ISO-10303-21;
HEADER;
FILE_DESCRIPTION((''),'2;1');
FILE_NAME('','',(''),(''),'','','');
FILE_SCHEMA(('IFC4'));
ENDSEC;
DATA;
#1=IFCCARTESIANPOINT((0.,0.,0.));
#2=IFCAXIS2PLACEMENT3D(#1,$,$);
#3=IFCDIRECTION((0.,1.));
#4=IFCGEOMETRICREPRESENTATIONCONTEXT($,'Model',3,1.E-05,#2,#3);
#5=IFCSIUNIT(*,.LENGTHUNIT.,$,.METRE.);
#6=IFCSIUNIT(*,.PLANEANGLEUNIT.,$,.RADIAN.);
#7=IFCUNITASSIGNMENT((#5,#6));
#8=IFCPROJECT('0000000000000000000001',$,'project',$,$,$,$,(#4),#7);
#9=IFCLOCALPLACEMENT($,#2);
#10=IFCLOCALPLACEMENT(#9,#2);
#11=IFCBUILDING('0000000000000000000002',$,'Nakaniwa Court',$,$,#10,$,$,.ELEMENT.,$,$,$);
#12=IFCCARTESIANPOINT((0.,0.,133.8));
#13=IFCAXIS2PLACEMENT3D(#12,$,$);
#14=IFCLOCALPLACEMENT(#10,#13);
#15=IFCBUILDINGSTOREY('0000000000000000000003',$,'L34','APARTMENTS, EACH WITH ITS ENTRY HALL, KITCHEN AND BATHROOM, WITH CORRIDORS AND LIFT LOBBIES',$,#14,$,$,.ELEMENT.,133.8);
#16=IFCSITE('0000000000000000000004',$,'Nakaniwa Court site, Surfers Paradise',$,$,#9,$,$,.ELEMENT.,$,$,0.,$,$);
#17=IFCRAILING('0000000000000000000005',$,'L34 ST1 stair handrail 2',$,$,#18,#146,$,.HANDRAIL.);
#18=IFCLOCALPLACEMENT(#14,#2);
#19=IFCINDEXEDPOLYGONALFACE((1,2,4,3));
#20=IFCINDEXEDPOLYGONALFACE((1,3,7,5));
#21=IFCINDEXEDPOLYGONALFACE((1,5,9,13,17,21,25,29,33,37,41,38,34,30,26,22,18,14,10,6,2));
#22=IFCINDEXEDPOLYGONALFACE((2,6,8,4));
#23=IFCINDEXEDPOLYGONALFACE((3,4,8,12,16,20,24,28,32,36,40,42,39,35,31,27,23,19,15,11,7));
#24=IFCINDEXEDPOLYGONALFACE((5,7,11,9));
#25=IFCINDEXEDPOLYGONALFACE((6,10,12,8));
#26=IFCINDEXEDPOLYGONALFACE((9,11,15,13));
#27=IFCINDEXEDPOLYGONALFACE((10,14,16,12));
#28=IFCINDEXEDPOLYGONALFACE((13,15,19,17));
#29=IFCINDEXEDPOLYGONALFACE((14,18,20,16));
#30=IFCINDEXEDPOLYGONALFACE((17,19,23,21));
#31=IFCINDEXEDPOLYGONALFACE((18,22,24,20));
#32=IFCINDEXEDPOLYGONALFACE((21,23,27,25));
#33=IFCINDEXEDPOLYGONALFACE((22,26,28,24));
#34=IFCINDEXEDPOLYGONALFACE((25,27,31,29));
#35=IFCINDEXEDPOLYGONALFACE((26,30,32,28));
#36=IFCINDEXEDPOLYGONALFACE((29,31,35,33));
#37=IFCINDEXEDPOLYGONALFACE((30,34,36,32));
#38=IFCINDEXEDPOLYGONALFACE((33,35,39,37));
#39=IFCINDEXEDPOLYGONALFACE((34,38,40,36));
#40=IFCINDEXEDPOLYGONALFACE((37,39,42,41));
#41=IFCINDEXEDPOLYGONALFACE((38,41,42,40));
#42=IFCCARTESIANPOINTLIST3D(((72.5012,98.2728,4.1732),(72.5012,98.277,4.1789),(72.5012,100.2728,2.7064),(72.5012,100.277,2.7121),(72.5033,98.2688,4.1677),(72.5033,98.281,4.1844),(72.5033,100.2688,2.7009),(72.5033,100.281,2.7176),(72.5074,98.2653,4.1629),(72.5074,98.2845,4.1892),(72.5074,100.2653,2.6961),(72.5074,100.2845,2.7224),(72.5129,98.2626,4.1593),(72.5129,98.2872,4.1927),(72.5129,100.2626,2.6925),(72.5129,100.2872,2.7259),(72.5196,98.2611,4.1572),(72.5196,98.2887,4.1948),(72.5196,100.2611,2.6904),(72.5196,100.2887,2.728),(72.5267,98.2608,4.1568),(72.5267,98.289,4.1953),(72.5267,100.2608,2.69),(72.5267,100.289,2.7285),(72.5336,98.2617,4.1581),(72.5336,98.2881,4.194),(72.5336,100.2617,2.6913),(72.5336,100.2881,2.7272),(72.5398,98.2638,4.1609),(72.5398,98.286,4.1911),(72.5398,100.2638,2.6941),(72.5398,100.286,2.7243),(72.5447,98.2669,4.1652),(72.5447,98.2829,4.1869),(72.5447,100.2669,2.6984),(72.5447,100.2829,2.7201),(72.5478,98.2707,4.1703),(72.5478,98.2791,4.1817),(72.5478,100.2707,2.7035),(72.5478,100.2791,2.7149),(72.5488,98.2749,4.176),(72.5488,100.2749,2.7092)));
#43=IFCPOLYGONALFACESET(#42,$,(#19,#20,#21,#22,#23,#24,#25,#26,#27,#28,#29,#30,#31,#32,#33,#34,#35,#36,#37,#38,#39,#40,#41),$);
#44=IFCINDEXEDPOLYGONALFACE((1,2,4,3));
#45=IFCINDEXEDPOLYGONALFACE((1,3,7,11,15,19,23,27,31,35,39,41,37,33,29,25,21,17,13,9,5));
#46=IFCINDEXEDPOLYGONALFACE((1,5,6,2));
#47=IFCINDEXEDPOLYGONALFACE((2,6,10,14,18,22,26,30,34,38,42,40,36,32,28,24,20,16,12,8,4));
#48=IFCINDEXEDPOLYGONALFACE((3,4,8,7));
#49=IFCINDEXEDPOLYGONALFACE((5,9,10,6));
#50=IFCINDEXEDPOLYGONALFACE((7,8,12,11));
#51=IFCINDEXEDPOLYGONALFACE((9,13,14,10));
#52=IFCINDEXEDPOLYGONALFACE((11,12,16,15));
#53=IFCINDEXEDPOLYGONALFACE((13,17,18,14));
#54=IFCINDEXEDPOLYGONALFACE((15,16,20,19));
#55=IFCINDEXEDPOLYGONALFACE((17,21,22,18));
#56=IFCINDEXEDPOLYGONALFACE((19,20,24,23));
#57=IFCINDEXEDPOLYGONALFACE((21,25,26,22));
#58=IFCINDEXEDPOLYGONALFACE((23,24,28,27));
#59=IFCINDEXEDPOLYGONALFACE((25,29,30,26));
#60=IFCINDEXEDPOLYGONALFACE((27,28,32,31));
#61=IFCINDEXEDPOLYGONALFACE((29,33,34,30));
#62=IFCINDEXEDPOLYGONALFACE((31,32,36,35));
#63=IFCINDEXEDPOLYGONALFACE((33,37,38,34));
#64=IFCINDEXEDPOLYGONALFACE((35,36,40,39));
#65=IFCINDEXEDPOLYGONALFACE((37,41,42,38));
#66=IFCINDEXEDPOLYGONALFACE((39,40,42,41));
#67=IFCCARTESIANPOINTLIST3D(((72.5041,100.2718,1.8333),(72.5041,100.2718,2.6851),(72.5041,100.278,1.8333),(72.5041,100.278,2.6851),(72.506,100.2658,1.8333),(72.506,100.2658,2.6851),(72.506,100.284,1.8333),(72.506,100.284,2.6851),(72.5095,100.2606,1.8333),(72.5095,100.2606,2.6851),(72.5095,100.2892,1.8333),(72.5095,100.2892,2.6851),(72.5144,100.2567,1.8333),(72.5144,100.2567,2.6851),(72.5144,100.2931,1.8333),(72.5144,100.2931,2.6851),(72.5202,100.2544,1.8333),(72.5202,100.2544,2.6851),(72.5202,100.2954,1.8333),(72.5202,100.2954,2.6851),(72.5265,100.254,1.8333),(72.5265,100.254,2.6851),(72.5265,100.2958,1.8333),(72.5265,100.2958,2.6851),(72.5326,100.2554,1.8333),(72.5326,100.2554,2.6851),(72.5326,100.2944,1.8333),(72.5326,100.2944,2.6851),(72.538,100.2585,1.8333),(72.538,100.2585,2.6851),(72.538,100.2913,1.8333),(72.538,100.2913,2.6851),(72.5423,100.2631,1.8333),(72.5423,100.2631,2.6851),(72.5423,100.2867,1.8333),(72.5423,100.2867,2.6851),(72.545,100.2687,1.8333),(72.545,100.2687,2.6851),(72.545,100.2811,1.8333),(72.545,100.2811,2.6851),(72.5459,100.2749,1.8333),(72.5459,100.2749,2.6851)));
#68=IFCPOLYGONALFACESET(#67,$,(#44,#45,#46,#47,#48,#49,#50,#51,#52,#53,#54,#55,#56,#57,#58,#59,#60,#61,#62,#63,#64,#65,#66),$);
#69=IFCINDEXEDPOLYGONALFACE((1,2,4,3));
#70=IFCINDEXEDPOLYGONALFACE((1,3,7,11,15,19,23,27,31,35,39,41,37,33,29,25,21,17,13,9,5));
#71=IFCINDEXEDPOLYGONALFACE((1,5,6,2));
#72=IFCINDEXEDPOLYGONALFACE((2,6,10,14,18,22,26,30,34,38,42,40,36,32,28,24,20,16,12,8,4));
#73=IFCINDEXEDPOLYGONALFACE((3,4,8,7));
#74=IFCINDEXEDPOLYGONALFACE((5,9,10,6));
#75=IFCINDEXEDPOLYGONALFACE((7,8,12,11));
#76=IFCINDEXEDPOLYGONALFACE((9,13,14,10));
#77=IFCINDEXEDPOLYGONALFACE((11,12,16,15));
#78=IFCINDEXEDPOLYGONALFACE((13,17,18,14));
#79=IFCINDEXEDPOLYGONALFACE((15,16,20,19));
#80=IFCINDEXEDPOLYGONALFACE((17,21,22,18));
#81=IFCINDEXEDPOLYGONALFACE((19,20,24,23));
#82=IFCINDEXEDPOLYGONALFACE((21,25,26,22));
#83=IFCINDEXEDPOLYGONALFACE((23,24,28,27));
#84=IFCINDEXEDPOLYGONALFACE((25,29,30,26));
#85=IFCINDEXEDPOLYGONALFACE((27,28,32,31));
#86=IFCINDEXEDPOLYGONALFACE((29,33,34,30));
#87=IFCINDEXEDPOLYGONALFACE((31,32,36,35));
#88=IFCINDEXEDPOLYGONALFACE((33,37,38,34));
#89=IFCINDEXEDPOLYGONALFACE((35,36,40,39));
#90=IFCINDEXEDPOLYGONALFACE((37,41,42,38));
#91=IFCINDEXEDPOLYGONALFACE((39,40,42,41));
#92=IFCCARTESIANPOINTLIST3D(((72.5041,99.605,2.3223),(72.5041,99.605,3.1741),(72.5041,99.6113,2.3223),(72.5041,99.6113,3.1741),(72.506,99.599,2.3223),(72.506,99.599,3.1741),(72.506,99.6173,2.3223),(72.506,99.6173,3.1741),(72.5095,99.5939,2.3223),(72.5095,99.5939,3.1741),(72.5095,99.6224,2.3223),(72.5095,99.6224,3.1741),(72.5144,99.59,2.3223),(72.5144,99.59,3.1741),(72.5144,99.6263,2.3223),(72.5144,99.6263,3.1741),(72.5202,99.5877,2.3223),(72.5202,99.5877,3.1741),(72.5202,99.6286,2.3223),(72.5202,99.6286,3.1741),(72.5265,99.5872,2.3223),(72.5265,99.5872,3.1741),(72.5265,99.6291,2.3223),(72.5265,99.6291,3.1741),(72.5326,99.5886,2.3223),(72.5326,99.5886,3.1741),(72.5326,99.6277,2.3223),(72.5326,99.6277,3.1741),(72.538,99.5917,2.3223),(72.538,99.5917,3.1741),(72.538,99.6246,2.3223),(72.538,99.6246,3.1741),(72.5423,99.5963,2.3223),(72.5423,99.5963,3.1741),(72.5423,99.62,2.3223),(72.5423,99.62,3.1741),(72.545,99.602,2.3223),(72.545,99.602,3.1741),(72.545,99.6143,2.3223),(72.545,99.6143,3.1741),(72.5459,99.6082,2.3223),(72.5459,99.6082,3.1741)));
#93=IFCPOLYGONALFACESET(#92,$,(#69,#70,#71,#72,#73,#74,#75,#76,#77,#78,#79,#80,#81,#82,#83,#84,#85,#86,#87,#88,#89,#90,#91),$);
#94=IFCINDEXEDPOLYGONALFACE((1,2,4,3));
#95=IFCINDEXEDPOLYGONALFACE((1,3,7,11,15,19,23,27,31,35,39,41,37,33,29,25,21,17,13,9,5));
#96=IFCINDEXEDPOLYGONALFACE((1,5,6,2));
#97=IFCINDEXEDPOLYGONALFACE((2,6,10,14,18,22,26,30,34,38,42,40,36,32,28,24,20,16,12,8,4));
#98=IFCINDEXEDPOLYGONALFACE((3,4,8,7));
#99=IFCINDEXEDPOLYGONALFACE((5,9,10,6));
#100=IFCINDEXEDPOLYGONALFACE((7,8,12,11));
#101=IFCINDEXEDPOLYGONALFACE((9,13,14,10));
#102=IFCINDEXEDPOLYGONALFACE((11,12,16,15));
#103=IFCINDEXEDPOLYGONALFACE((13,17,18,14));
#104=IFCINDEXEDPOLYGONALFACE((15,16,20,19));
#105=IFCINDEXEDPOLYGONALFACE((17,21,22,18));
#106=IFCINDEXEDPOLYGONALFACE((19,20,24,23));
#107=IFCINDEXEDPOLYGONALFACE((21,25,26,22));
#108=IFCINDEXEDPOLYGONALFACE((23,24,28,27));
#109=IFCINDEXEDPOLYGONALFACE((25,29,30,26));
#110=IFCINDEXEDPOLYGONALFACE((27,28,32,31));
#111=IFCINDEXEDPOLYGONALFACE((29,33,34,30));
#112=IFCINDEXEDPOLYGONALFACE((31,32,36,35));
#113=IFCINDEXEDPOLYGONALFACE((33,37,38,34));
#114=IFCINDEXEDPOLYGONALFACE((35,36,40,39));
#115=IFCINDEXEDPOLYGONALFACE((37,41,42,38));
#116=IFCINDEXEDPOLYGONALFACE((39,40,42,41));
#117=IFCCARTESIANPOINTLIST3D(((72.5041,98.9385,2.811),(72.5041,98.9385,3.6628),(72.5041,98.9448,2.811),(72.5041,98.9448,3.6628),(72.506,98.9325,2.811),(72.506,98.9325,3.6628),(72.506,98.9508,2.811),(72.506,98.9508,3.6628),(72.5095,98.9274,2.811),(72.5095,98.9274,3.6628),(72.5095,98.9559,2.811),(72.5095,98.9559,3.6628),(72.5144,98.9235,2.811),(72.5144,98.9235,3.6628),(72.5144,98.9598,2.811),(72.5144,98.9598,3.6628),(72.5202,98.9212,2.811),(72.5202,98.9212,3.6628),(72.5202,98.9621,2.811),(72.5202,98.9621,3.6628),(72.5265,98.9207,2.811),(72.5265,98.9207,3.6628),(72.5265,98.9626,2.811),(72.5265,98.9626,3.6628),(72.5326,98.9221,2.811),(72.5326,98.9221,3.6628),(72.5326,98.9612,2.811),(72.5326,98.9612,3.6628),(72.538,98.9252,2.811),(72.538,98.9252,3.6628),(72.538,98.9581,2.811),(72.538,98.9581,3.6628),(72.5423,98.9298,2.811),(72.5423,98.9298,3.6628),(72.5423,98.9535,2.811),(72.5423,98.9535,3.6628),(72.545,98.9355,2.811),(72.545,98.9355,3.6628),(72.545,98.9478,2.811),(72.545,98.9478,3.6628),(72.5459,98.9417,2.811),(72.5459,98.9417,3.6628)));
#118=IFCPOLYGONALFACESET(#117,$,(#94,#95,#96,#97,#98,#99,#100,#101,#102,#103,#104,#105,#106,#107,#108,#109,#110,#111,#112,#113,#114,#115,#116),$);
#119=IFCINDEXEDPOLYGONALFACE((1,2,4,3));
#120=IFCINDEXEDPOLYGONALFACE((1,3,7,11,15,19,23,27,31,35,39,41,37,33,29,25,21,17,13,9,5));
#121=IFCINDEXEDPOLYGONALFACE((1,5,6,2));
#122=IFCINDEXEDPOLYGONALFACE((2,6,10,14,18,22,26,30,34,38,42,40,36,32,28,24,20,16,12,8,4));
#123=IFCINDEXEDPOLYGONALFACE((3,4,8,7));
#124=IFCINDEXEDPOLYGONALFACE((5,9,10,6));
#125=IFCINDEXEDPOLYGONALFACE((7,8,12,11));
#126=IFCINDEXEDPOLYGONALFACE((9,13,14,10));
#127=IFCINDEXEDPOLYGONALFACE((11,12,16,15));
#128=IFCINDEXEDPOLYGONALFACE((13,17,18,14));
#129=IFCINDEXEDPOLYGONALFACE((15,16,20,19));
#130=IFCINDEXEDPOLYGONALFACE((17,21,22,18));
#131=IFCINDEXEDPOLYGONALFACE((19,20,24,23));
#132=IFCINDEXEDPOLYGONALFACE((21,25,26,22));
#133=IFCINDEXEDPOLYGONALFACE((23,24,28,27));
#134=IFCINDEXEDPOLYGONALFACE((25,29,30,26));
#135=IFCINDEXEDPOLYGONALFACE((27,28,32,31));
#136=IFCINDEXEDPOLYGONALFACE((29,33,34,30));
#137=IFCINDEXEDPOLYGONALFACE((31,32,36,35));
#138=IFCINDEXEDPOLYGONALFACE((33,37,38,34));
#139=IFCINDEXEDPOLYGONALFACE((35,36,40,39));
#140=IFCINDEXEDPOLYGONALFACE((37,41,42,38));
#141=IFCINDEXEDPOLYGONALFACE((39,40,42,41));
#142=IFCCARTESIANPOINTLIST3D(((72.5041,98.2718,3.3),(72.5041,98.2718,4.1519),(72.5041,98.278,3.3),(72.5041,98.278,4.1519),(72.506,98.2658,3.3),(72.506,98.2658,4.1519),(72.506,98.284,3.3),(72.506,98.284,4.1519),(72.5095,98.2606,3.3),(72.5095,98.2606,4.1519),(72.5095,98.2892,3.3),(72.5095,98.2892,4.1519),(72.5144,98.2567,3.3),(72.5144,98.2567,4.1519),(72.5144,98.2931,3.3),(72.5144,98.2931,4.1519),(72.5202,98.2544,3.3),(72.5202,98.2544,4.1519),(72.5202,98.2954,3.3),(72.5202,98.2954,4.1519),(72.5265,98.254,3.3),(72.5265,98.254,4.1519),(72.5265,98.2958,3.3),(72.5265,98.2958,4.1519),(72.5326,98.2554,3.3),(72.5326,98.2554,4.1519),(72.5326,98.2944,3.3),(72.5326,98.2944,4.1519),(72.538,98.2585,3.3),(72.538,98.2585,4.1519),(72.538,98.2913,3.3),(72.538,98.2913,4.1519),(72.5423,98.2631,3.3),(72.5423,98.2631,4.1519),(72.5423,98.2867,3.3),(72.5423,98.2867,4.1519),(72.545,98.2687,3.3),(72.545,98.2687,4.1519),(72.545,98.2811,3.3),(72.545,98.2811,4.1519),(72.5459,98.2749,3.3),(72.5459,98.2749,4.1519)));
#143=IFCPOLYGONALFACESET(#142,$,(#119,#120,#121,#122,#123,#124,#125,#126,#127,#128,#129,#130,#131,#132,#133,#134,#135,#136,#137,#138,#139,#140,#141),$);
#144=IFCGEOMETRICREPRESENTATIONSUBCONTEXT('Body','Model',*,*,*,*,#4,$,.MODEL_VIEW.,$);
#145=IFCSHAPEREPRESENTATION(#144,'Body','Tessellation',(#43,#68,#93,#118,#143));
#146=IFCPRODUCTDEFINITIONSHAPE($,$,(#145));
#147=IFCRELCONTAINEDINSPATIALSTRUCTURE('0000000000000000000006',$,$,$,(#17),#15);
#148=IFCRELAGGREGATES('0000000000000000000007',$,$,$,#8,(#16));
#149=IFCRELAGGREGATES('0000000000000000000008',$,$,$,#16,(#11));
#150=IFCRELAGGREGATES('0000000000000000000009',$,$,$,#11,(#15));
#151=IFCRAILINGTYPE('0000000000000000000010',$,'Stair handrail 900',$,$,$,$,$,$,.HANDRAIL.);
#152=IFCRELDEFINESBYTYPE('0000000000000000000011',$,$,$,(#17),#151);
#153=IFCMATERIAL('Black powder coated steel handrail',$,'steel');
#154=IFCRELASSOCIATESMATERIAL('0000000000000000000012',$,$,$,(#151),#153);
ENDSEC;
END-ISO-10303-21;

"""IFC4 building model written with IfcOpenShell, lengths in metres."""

from ifc_helpers import new_model, si_unit, direction, frame, origin, origin_2d, place, context, subcontext, project, spatial, circle, extrude, material, type_object, element, save


model = new_model("IFC4")

# Units and contexts
model_context = context("Model", 3, precision=1e-05, world=origin(), true_north=direction((0.0, 1.0)))
body_context = subcontext(model_context, "Body", "Model", "MODEL_VIEW")
ifc_project = project(units=[si_unit("LENGTHUNIT", "METRE"), si_unit("PLANEANGLEUNIT", "RADIAN")], contexts=[model_context])

# Site, building, storey
site_placement = place(None, origin())
site = spatial("IfcSite", under=ifc_project, at=site_placement, Name="Nakaniwa Court site, Surfers Paradise", CompositionType="ELEMENT", RefElevation=0.0)
building_placement = place(site_placement, origin())
building = spatial("IfcBuilding", under=site, at=building_placement, Name="Nakaniwa Court", CompositionType="ELEMENT")
storey_placement = place(building_placement, frame((0.0, 0.0, 133.8)))
storey = spatial("IfcBuildingStorey", under=building, at=storey_placement, Name="L34", Description="APARTMENTS, EACH WITH ITS ENTRY HALL, KITCHEN AND BATHROOM, WITH CORRIDORS AND LIFT LOBBIES", CompositionType="ELEMENT", Elevation=133.8)

# Railing
ifc_material_1 = material(Name="Black powder coated steel handrail", Category="steel")
railing_type_1 = type_object("IfcRailingType", Name="Stair handrail 900", PredefinedType="HANDRAIL", material=ifc_material_1)
railing_1_placement = place(storey_placement, frame((72.5249, 100.2749, 1.8333)))
element("IfcRailing", 1, at=railing_1_placement, inside=storey, type_object=railing_type_1, Name="L34 ST1 stair handrail 2", PredefinedType="HANDRAIL", context=body_context, shape_type="SweptSolid", body=[
    extrude(circle(Radius=0.0239, at=origin_2d()), frame((0.0, 0.0, 0.876), z_axis=(0.0, -0.80638, 0.591398), x_axis=(1.0, 0.0, 0.0)), (0.0, 0.0, 1.0), 2.4802),
    extrude(circle(Radius=0.021, at=origin_2d()), origin(), (0.0, 0.0, 1.0), 0.8518),
    extrude(circle(Radius=0.021, at=origin_2d()), frame((0.0, -0.6667, 0.489)), (0.0, 0.0, 1.0), 0.8518),
    extrude(circle(Radius=0.021, at=origin_2d()), frame((0.0, -1.3333, 0.9778)), (0.0, 0.0, 1.0), 0.8518),
    extrude(circle(Radius=0.021, at=origin_2d()), frame((0.0, -2.0, 1.4668)), (0.0, 0.0, 1.0), 0.8518),
])

save(model, "model.ifc")
